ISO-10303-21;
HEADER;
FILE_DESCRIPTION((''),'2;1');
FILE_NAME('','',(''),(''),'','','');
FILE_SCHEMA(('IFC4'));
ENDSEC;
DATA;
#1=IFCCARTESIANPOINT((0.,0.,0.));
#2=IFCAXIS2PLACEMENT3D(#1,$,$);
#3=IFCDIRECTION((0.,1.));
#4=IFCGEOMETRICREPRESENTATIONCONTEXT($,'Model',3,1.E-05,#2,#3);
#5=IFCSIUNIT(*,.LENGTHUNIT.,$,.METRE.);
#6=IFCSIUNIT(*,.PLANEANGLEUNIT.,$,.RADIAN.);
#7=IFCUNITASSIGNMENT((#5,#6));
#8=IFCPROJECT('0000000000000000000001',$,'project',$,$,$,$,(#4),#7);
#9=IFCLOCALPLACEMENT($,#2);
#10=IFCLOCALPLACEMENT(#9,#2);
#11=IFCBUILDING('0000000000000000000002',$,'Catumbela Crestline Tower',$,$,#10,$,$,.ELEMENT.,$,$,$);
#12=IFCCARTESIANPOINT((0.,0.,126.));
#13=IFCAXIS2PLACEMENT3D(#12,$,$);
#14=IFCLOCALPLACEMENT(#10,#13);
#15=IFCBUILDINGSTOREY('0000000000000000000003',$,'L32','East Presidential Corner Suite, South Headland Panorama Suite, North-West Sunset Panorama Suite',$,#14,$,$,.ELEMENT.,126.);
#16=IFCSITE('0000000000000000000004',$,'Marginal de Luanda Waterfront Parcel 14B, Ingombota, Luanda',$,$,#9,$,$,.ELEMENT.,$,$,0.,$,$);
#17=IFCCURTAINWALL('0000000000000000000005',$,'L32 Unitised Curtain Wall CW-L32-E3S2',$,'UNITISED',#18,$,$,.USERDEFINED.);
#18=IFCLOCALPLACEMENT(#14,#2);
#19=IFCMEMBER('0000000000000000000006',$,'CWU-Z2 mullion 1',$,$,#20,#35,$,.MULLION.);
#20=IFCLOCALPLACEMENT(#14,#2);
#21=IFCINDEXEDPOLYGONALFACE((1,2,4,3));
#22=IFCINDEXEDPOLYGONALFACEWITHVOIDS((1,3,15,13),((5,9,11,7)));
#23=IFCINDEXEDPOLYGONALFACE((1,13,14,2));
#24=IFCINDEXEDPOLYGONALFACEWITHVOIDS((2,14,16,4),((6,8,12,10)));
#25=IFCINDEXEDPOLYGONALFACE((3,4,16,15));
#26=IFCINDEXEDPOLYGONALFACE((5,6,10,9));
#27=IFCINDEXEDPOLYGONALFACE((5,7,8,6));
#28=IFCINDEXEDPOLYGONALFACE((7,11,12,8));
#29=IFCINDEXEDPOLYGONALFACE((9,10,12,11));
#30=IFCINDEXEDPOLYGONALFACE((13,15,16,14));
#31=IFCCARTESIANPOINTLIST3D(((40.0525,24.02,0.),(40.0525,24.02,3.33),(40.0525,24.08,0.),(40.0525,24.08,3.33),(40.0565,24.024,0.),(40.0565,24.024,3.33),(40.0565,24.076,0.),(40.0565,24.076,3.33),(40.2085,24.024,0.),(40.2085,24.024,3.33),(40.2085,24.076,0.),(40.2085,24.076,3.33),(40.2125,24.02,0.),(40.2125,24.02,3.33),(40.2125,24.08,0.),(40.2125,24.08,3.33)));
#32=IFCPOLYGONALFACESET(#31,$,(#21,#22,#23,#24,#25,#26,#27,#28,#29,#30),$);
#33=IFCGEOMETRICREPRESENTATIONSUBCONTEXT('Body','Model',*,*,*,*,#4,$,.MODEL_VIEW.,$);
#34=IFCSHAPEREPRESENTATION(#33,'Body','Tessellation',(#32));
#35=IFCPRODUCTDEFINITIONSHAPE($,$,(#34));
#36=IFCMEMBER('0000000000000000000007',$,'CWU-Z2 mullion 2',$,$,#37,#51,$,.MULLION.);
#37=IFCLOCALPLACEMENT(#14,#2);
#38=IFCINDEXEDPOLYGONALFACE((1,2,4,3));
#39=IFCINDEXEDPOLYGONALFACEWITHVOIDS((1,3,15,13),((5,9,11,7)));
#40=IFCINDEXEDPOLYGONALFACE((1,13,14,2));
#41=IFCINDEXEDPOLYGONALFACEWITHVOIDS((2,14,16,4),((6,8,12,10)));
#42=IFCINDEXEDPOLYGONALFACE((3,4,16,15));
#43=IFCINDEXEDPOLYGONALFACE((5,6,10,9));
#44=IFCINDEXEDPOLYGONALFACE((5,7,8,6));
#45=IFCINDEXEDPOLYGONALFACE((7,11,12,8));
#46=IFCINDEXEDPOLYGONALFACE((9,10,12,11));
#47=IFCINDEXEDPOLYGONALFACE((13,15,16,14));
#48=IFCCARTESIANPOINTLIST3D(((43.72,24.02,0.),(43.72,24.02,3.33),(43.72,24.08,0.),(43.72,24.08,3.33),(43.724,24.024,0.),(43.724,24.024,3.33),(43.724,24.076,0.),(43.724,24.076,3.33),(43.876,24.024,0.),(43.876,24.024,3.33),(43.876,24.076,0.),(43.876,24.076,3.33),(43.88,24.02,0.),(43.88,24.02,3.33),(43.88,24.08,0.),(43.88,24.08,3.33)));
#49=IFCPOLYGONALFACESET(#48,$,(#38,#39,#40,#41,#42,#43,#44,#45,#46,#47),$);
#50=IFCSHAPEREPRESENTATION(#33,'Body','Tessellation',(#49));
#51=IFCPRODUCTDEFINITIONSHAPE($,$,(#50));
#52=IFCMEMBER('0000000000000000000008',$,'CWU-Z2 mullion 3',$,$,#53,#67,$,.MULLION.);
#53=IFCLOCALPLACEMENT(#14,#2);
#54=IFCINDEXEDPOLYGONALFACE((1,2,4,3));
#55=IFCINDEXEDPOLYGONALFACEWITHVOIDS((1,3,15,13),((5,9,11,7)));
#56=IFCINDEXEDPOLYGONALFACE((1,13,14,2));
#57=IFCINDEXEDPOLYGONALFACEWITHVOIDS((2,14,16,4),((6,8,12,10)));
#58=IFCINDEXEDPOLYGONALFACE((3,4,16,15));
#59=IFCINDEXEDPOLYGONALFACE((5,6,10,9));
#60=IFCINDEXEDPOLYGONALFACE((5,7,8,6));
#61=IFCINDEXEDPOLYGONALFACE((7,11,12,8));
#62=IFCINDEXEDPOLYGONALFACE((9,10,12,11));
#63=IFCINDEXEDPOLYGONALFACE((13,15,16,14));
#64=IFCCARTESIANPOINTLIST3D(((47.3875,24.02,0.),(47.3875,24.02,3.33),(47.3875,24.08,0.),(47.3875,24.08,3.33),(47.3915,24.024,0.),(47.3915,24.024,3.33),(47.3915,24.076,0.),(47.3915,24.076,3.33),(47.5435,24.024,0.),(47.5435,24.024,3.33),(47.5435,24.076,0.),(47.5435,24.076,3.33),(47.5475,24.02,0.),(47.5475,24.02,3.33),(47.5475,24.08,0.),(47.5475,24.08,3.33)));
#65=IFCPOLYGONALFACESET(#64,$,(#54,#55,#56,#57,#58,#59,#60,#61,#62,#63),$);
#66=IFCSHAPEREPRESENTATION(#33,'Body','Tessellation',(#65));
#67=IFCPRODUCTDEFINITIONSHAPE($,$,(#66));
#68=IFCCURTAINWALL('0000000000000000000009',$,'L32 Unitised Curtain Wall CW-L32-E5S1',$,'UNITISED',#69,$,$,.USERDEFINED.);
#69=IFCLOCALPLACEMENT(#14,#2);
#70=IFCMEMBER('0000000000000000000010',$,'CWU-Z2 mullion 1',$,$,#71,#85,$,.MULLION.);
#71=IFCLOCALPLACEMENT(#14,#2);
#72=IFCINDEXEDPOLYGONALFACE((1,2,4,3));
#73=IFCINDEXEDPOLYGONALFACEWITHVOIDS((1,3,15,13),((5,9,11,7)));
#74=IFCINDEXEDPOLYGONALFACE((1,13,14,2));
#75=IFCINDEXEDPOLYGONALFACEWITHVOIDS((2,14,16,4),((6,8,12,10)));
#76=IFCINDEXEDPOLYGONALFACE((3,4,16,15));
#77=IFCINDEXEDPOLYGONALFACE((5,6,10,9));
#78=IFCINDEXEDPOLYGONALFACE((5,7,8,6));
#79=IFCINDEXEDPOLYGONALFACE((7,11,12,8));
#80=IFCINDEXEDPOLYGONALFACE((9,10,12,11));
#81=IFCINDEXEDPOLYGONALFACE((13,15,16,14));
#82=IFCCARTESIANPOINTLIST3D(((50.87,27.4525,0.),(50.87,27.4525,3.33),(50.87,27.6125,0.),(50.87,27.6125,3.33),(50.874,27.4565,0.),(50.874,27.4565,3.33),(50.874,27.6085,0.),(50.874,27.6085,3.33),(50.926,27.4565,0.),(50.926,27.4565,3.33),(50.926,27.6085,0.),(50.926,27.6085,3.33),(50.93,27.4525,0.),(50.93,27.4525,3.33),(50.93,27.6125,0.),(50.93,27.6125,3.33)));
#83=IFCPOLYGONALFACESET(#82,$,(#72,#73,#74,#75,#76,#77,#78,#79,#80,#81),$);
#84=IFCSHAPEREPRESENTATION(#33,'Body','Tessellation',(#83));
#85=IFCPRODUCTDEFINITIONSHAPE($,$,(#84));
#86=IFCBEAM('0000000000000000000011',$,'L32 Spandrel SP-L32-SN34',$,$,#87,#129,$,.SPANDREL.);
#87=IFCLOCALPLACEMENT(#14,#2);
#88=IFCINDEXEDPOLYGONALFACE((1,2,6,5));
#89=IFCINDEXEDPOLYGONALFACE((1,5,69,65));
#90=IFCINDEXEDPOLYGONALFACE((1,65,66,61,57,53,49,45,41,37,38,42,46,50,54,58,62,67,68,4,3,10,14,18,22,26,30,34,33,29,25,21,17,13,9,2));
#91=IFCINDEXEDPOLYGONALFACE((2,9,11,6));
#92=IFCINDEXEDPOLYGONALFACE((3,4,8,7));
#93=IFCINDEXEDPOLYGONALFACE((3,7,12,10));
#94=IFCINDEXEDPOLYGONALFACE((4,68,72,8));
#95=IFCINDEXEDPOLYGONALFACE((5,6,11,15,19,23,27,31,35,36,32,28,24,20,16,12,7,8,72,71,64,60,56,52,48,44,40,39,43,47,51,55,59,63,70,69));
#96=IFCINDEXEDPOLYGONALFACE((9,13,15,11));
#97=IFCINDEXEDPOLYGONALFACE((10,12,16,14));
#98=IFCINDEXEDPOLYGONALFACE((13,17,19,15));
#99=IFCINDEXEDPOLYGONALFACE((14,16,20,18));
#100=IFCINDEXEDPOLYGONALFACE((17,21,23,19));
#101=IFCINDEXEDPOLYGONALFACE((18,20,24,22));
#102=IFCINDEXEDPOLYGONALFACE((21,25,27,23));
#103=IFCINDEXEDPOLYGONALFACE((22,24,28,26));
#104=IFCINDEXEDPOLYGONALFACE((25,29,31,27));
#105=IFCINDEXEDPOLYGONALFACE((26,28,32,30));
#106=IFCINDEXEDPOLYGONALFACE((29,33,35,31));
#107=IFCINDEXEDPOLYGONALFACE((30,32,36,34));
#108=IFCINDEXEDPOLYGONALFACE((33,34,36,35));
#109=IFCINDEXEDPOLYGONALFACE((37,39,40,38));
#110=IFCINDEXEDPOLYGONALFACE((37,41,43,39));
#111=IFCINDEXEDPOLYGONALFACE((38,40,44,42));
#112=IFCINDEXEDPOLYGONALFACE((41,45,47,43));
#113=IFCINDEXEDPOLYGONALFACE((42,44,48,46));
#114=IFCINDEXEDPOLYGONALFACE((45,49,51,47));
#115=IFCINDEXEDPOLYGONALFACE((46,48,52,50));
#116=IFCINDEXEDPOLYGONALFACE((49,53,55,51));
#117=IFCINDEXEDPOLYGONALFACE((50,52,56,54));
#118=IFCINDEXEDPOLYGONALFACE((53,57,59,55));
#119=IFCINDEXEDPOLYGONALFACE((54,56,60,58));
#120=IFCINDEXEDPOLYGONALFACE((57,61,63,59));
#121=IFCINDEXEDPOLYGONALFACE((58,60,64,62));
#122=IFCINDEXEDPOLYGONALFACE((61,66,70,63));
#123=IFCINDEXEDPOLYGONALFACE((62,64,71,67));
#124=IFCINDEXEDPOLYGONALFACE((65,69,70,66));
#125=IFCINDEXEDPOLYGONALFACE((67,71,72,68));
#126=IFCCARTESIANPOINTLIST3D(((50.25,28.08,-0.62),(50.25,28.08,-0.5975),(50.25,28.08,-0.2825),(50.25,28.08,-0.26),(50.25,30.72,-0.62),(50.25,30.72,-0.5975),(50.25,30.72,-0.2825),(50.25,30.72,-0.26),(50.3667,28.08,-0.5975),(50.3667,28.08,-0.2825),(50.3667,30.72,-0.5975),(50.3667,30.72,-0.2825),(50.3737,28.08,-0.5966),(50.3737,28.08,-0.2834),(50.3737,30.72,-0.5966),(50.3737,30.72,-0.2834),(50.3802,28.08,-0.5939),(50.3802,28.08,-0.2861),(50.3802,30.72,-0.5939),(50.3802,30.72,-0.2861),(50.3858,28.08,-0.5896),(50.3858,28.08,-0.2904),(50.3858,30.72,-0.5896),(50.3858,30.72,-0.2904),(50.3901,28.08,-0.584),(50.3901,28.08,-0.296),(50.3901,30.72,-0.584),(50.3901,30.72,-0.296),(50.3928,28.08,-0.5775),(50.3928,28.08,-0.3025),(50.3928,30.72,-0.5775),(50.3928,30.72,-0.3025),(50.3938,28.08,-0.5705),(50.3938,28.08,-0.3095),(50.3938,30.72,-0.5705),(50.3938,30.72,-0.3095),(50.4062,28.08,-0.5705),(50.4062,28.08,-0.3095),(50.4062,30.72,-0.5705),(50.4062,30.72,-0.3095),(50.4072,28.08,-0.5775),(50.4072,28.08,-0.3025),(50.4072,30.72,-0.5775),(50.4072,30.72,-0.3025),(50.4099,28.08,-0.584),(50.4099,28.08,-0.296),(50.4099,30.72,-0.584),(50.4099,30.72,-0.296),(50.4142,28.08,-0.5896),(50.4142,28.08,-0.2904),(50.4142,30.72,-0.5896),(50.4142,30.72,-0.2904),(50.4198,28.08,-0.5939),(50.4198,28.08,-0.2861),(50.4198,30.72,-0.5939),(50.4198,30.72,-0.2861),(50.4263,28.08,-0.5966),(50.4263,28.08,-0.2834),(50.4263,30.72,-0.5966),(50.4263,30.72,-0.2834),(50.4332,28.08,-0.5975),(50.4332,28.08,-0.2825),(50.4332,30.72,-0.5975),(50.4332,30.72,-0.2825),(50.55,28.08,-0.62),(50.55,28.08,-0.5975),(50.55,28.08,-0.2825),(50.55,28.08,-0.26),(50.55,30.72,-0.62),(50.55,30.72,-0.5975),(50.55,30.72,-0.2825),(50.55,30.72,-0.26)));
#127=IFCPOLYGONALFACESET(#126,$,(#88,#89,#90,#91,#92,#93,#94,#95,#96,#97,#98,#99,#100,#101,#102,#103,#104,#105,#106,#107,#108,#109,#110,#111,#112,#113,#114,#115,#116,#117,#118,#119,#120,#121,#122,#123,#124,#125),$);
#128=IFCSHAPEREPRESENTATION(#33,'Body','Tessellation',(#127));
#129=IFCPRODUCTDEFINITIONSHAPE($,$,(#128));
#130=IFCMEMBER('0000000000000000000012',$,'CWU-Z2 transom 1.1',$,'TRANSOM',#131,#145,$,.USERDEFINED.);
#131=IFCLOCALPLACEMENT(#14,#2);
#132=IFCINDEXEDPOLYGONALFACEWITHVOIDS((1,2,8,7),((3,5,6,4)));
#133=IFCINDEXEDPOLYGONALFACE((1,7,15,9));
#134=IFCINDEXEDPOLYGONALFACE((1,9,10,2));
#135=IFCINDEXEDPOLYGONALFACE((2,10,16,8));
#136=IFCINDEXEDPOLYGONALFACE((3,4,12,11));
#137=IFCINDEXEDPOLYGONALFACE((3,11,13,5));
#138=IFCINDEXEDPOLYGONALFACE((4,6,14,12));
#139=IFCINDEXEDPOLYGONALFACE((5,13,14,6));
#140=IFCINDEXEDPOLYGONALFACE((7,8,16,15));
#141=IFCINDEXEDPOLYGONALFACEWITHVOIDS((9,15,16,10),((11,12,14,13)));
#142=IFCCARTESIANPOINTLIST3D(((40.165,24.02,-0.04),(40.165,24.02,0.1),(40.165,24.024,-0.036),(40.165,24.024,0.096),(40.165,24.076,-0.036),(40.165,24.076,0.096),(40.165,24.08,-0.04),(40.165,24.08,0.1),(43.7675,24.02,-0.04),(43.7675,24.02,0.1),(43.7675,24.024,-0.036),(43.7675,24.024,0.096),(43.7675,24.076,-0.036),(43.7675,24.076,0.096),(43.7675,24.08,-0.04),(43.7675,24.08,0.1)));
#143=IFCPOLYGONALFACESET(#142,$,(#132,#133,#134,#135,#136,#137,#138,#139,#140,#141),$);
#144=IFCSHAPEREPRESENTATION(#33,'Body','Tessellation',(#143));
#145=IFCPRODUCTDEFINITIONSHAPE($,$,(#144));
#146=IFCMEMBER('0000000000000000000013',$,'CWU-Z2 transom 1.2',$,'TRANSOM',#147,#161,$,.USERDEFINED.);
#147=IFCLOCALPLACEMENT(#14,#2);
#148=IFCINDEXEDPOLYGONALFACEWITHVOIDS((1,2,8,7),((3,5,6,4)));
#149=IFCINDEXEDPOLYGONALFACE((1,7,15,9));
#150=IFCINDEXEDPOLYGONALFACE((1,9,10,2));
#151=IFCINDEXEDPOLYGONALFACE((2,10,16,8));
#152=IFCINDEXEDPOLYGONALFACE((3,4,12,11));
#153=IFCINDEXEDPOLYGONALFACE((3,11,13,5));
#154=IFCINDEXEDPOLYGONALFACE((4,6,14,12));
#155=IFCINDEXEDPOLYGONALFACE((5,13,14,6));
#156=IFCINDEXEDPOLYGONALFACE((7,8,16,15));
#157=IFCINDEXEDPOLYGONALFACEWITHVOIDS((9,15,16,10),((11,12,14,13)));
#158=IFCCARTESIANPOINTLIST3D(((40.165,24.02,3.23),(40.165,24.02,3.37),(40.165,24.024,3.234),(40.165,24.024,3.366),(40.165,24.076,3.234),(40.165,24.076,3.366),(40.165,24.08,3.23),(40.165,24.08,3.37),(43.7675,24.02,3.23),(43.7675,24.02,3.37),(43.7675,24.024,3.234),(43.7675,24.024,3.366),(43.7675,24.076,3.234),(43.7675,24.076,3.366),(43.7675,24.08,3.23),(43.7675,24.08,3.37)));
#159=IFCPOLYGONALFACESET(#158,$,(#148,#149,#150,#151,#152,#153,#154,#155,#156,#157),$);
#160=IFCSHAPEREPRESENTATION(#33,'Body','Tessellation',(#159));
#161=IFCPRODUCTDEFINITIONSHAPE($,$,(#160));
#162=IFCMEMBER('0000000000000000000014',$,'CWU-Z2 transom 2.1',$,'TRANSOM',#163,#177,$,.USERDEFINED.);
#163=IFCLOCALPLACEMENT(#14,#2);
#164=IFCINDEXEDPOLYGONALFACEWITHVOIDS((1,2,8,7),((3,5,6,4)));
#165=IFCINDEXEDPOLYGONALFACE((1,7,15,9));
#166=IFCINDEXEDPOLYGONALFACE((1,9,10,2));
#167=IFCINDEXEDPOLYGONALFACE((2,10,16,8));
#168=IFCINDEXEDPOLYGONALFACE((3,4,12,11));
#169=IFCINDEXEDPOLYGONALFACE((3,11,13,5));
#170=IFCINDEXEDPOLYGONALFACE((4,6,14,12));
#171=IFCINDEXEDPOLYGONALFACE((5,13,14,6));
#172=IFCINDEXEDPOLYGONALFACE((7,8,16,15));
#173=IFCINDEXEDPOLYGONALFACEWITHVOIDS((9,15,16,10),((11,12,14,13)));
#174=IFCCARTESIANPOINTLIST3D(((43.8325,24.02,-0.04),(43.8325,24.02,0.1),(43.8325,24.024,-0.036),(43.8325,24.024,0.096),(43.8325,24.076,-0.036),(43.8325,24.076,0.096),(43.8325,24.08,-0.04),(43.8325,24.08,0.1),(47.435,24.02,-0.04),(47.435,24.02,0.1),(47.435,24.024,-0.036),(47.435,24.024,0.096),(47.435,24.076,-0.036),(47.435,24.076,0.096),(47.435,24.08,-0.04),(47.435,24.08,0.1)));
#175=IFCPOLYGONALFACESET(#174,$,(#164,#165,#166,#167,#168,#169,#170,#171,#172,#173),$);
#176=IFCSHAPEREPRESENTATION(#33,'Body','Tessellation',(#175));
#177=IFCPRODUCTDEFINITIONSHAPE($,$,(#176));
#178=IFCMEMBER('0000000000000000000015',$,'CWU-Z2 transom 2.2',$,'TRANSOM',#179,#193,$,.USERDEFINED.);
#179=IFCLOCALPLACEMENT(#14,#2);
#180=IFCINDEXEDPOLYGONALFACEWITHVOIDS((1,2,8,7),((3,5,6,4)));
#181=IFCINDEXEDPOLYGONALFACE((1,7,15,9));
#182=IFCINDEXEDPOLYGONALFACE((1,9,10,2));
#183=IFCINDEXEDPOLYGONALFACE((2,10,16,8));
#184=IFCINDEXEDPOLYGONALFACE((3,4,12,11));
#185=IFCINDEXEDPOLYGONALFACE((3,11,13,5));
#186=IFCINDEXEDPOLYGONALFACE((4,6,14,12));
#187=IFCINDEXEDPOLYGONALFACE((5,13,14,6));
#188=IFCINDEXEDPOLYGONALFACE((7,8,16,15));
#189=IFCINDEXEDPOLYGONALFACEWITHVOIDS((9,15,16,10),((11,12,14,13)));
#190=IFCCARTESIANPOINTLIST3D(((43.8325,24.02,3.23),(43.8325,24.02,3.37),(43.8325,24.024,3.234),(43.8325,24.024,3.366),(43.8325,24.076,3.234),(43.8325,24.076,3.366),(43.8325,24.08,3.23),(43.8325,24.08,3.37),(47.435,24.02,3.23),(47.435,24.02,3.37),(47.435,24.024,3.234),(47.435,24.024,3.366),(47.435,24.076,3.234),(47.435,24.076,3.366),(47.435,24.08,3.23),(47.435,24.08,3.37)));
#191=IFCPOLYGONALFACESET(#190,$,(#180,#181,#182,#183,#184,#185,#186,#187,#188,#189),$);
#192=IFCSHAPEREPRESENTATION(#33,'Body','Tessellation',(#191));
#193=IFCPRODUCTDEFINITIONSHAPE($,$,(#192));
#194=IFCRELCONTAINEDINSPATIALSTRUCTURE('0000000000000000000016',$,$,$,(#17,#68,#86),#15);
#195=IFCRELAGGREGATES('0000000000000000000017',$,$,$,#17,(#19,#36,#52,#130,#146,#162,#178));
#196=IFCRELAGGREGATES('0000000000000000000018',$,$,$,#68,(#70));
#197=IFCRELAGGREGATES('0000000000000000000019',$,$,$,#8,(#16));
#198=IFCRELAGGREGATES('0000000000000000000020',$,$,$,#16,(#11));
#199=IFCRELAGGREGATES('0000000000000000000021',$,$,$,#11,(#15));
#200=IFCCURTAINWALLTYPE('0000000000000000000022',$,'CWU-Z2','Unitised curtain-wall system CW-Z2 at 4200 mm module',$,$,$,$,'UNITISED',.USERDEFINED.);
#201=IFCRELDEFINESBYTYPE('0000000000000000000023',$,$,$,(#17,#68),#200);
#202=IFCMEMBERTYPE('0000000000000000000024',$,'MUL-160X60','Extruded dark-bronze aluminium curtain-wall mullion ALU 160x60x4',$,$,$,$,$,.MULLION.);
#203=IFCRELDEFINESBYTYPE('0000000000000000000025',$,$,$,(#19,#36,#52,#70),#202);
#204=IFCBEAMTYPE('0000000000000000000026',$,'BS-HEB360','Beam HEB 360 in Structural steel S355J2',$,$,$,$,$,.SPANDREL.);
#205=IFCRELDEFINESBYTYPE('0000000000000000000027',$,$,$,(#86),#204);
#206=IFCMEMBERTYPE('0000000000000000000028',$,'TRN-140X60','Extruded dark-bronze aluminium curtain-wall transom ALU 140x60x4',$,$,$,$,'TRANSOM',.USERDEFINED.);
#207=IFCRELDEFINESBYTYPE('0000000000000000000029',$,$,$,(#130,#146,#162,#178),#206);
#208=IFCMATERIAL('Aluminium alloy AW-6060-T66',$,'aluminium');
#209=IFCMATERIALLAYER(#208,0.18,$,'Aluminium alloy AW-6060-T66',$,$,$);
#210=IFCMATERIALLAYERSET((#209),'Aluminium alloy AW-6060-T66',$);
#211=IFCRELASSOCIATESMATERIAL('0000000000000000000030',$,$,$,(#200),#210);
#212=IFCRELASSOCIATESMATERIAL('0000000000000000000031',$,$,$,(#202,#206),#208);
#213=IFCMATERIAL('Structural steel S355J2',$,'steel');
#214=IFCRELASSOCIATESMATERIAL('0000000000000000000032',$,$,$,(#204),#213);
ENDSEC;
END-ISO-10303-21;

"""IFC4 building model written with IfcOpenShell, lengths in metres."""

from ifc_helpers import new_model, si_unit, direction, frame, origin, origin_2d, place, context, subcontext, project, spatial, hollow_rectangle, i_section, extrude, material, layer, layer_set, material_profile, profile_set, type_object, element, aggregate, save


model = new_model("IFC4")

# Units and contexts
model_context = context("Model", 3, precision=1e-05, world=origin(), true_north=direction((0.0, 1.0)))
body_context = subcontext(model_context, "Body", "Model", "MODEL_VIEW")
ifc_project = project(units=[si_unit("LENGTHUNIT", "METRE"), si_unit("PLANEANGLEUNIT", "RADIAN")], contexts=[model_context])

# Site, building, storey
site_placement = place(None, origin())
site = spatial("IfcSite", under=ifc_project, at=site_placement, Name="Marginal de Luanda Waterfront Parcel 14B, Ingombota, Luanda", CompositionType="ELEMENT", RefElevation=0.0)
building_placement = place(site_placement, origin())
building = spatial("IfcBuilding", under=site, at=building_placement, Name="Catumbela Crestline Tower", CompositionType="ELEMENT")
storey_placement = place(building_placement, frame((0.0, 0.0, 126.0)))
storey = spatial("IfcBuildingStorey", under=building, at=storey_placement, Name="L32", Description="East Presidential Corner Suite, South Headland Panorama Suite, North-West Sunset Panorama Suite", CompositionType="ELEMENT", Elevation=126.0)

# Shared definitions
ifc_material_1 = material(Name="Structural steel S355J2", Category="steel")

# Curtain wall, members
ifc_material_2 = material(Name="Aluminium alloy AW-6060-T66", Category="aluminium")
ifc_layer_1 = layer(ifc_material_2, 0.18, Name="Aluminium alloy AW-6060-T66")
ifc_layer_set_1 = layer_set([ifc_layer_1], Name="Aluminium alloy AW-6060-T66")
curtain_wall_type = type_object("IfcCurtainWallType", Name="CWU-Z2", Description="Unitised curtain-wall system CW-Z2 at 4200 mm module", ElementType="UNITISED", PredefinedType="USERDEFINED", material=ifc_layer_set_1)
curtain_wall_1_placement = place(storey_placement, origin())
curtain_wall_1 = element("IfcCurtainWall", 1, at=curtain_wall_1_placement, inside=storey, type_object=curtain_wall_type, Name="L32 Unitised Curtain Wall CW-L32-E3S2", ObjectType="UNITISED", PredefinedType="USERDEFINED")
ifc_material_profile_1 = material_profile(ifc_material_2, hollow_rectangle(XDim=0.06, YDim=0.16, WallThickness=0.004, at=origin_2d()), Name="ALU 160x60x4")
ifc_profile_set_1 = profile_set([ifc_material_profile_1], Name="Aluminium alloy AW-6060-T66")
member_type_1 = type_object("IfcMemberType", Name="MUL-160X60", Description="Extruded dark-bronze aluminium curtain-wall mullion ALU 160x60x4", PredefinedType="MULLION", material=ifc_profile_set_1)
member_1_placement = place(storey_placement, frame((40.1325, 24.05, 0.0), z_axis=(0.0, 0.0, 1.0), x_axis=(0.0, 1.0, 0.0)))
member_1 = element("IfcMember", 2, at=member_1_placement, type_object=member_type_1, Name="CWU-Z2 mullion 1", PredefinedType="MULLION", context=body_context, shape_type="SweptSolid", body=[
    extrude(hollow_rectangle(XDim=0.06, YDim=0.16, WallThickness=0.004, at=origin_2d()), origin(), (0.0, 0.0, 1.0), 3.33),
])
member_2_placement = place(storey_placement, frame((43.8, 24.05, 0.0), z_axis=(0.0, 0.0, 1.0), x_axis=(0.0, 1.0, 0.0)))
member_2 = element("IfcMember", 3, at=member_2_placement, type_object=member_type_1, Name="CWU-Z2 mullion 2", PredefinedType="MULLION", context=body_context, shape_type="SweptSolid", body=[
    extrude(hollow_rectangle(XDim=0.06, YDim=0.16, WallThickness=0.004, at=origin_2d()), origin(), (0.0, 0.0, 1.0), 3.33),
])
member_3_placement = place(storey_placement, frame((47.4675, 24.05, 0.0), z_axis=(0.0, 0.0, 1.0), x_axis=(0.0, 1.0, 0.0)))
member_3 = element("IfcMember", 4, at=member_3_placement, type_object=member_type_1, Name="CWU-Z2 mullion 3", PredefinedType="MULLION", context=body_context, shape_type="SweptSolid", body=[
    extrude(hollow_rectangle(XDim=0.06, YDim=0.16, WallThickness=0.004, at=origin_2d()), origin(), (0.0, 0.0, 1.0), 3.33),
])

# Curtain wall, member
curtain_wall_2_placement = place(storey_placement, origin())
curtain_wall_2 = element("IfcCurtainWall", 5, at=curtain_wall_2_placement, inside=storey, type_object=curtain_wall_type, Name="L32 Unitised Curtain Wall CW-L32-E5S1", ObjectType="UNITISED", PredefinedType="USERDEFINED")
member_4_placement = place(storey_placement, frame((50.9, 27.5325, 0.0), z_axis=(0.0, 0.0, 1.0), x_axis=(-1.0, 0.0, 0.0)))
member_4 = element("IfcMember", 6, at=member_4_placement, type_object=member_type_1, Name="CWU-Z2 mullion 1", PredefinedType="MULLION", context=body_context, shape_type="SweptSolid", body=[
    extrude(hollow_rectangle(XDim=0.06, YDim=0.16, WallThickness=0.004, at=origin_2d()), origin(), (0.0, 0.0, 1.0), 3.33),
])

# Beam
ifc_material_profile_2 = material_profile(ifc_material_1, i_section(OverallWidth=0.3, OverallDepth=0.36, WebThickness=0.0125, FlangeThickness=0.0225, FilletRadius=0.027, at=origin_2d()), Name="HEB 360")
ifc_profile_set_2 = profile_set([ifc_material_profile_2], Name="Structural steel S355J2")
beam_type_1 = type_object("IfcBeamType", Name="BS-HEB360", Description="Beam HEB 360 in Structural steel S355J2", PredefinedType="SPANDREL", material=ifc_profile_set_2)
beam_1_placement = place(storey_placement, frame((50.4, 28.08, -0.44), z_axis=(0.0, 1.0, 0.0), x_axis=(-1.0, 0.0, 0.0)))
element("IfcBeam", 7, at=beam_1_placement, inside=storey, type_object=beam_type_1, Name="L32 Spandrel SP-L32-SN34", PredefinedType="SPANDREL", context=body_context, shape_type="SweptSolid", body=[
    extrude(i_section(OverallWidth=0.3, OverallDepth=0.36, WebThickness=0.0125, FlangeThickness=0.0225, FilletRadius=0.027, at=origin_2d()), origin(), (0.0, 0.0, 1.0), 2.64),
])

# Members
ifc_material_profile_3 = material_profile(ifc_material_2, hollow_rectangle(XDim=0.06, YDim=0.14, WallThickness=0.004, at=origin_2d()), Name="ALU 140x60x4")
ifc_profile_set_3 = profile_set([ifc_material_profile_3], Name="Aluminium alloy AW-6060-T66")
member_type_2 = type_object("IfcMemberType", Name="TRN-140X60", Description="Extruded dark-bronze aluminium curtain-wall transom ALU 140x60x4", ElementType="TRANSOM", PredefinedType="USERDEFINED", material=ifc_profile_set_3)
member_5_placement = place(storey_placement, frame((40.165, 24.05, 0.03), z_axis=(1.0, 0.0, 0.0), x_axis=(0.0, 1.0, 0.0)))
member_5 = element("IfcMember", 8, at=member_5_placement, type_object=member_type_2, Name="CWU-Z2 transom 1.1", ObjectType="TRANSOM", PredefinedType="USERDEFINED", context=body_context, shape_type="SweptSolid", body=[
    extrude(hollow_rectangle(XDim=0.06, YDim=0.14, WallThickness=0.004, at=origin_2d()), origin(), (0.0, 0.0, 1.0), 3.6025),
])
member_6_placement = place(storey_placement, frame((40.165, 24.05, 3.3), z_axis=(1.0, 0.0, 0.0), x_axis=(0.0, 1.0, 0.0)))
member_6 = element("IfcMember", 9, at=member_6_placement, type_object=member_type_2, Name="CWU-Z2 transom 1.2", ObjectType="TRANSOM", PredefinedType="USERDEFINED", context=body_context, shape_type="SweptSolid", body=[
    extrude(hollow_rectangle(XDim=0.06, YDim=0.14, WallThickness=0.004, at=origin_2d()), origin(), (0.0, 0.0, 1.0), 3.6025),
])
member_7_placement = place(storey_placement, frame((43.8325, 24.05, 0.03), z_axis=(1.0, 0.0, 0.0), x_axis=(0.0, 1.0, 0.0)))
member_7 = element("IfcMember", 10, at=member_7_placement, type_object=member_type_2, Name="CWU-Z2 transom 2.1", ObjectType="TRANSOM", PredefinedType="USERDEFINED", context=body_context, shape_type="SweptSolid", body=[
    extrude(hollow_rectangle(XDim=0.06, YDim=0.14, WallThickness=0.004, at=origin_2d()), origin(), (0.0, 0.0, 1.0), 3.6025),
])
member_8_placement = place(storey_placement, frame((43.8325, 24.05, 3.3), z_axis=(1.0, 0.0, 0.0), x_axis=(0.0, 1.0, 0.0)))
member_8 = element("IfcMember", 11, at=member_8_placement, type_object=member_type_2, Name="CWU-Z2 transom 2.2", ObjectType="TRANSOM", PredefinedType="USERDEFINED", context=body_context, shape_type="SweptSolid", body=[
    extrude(hollow_rectangle(XDim=0.06, YDim=0.14, WallThickness=0.004, at=origin_2d()), origin(), (0.0, 0.0, 1.0), 3.6025),
])

aggregate(curtain_wall_1, [member_1, member_2, member_3, member_5, member_6, member_7, member_8])
aggregate(curtain_wall_2, [member_4])

save(model, "model.ifc")
